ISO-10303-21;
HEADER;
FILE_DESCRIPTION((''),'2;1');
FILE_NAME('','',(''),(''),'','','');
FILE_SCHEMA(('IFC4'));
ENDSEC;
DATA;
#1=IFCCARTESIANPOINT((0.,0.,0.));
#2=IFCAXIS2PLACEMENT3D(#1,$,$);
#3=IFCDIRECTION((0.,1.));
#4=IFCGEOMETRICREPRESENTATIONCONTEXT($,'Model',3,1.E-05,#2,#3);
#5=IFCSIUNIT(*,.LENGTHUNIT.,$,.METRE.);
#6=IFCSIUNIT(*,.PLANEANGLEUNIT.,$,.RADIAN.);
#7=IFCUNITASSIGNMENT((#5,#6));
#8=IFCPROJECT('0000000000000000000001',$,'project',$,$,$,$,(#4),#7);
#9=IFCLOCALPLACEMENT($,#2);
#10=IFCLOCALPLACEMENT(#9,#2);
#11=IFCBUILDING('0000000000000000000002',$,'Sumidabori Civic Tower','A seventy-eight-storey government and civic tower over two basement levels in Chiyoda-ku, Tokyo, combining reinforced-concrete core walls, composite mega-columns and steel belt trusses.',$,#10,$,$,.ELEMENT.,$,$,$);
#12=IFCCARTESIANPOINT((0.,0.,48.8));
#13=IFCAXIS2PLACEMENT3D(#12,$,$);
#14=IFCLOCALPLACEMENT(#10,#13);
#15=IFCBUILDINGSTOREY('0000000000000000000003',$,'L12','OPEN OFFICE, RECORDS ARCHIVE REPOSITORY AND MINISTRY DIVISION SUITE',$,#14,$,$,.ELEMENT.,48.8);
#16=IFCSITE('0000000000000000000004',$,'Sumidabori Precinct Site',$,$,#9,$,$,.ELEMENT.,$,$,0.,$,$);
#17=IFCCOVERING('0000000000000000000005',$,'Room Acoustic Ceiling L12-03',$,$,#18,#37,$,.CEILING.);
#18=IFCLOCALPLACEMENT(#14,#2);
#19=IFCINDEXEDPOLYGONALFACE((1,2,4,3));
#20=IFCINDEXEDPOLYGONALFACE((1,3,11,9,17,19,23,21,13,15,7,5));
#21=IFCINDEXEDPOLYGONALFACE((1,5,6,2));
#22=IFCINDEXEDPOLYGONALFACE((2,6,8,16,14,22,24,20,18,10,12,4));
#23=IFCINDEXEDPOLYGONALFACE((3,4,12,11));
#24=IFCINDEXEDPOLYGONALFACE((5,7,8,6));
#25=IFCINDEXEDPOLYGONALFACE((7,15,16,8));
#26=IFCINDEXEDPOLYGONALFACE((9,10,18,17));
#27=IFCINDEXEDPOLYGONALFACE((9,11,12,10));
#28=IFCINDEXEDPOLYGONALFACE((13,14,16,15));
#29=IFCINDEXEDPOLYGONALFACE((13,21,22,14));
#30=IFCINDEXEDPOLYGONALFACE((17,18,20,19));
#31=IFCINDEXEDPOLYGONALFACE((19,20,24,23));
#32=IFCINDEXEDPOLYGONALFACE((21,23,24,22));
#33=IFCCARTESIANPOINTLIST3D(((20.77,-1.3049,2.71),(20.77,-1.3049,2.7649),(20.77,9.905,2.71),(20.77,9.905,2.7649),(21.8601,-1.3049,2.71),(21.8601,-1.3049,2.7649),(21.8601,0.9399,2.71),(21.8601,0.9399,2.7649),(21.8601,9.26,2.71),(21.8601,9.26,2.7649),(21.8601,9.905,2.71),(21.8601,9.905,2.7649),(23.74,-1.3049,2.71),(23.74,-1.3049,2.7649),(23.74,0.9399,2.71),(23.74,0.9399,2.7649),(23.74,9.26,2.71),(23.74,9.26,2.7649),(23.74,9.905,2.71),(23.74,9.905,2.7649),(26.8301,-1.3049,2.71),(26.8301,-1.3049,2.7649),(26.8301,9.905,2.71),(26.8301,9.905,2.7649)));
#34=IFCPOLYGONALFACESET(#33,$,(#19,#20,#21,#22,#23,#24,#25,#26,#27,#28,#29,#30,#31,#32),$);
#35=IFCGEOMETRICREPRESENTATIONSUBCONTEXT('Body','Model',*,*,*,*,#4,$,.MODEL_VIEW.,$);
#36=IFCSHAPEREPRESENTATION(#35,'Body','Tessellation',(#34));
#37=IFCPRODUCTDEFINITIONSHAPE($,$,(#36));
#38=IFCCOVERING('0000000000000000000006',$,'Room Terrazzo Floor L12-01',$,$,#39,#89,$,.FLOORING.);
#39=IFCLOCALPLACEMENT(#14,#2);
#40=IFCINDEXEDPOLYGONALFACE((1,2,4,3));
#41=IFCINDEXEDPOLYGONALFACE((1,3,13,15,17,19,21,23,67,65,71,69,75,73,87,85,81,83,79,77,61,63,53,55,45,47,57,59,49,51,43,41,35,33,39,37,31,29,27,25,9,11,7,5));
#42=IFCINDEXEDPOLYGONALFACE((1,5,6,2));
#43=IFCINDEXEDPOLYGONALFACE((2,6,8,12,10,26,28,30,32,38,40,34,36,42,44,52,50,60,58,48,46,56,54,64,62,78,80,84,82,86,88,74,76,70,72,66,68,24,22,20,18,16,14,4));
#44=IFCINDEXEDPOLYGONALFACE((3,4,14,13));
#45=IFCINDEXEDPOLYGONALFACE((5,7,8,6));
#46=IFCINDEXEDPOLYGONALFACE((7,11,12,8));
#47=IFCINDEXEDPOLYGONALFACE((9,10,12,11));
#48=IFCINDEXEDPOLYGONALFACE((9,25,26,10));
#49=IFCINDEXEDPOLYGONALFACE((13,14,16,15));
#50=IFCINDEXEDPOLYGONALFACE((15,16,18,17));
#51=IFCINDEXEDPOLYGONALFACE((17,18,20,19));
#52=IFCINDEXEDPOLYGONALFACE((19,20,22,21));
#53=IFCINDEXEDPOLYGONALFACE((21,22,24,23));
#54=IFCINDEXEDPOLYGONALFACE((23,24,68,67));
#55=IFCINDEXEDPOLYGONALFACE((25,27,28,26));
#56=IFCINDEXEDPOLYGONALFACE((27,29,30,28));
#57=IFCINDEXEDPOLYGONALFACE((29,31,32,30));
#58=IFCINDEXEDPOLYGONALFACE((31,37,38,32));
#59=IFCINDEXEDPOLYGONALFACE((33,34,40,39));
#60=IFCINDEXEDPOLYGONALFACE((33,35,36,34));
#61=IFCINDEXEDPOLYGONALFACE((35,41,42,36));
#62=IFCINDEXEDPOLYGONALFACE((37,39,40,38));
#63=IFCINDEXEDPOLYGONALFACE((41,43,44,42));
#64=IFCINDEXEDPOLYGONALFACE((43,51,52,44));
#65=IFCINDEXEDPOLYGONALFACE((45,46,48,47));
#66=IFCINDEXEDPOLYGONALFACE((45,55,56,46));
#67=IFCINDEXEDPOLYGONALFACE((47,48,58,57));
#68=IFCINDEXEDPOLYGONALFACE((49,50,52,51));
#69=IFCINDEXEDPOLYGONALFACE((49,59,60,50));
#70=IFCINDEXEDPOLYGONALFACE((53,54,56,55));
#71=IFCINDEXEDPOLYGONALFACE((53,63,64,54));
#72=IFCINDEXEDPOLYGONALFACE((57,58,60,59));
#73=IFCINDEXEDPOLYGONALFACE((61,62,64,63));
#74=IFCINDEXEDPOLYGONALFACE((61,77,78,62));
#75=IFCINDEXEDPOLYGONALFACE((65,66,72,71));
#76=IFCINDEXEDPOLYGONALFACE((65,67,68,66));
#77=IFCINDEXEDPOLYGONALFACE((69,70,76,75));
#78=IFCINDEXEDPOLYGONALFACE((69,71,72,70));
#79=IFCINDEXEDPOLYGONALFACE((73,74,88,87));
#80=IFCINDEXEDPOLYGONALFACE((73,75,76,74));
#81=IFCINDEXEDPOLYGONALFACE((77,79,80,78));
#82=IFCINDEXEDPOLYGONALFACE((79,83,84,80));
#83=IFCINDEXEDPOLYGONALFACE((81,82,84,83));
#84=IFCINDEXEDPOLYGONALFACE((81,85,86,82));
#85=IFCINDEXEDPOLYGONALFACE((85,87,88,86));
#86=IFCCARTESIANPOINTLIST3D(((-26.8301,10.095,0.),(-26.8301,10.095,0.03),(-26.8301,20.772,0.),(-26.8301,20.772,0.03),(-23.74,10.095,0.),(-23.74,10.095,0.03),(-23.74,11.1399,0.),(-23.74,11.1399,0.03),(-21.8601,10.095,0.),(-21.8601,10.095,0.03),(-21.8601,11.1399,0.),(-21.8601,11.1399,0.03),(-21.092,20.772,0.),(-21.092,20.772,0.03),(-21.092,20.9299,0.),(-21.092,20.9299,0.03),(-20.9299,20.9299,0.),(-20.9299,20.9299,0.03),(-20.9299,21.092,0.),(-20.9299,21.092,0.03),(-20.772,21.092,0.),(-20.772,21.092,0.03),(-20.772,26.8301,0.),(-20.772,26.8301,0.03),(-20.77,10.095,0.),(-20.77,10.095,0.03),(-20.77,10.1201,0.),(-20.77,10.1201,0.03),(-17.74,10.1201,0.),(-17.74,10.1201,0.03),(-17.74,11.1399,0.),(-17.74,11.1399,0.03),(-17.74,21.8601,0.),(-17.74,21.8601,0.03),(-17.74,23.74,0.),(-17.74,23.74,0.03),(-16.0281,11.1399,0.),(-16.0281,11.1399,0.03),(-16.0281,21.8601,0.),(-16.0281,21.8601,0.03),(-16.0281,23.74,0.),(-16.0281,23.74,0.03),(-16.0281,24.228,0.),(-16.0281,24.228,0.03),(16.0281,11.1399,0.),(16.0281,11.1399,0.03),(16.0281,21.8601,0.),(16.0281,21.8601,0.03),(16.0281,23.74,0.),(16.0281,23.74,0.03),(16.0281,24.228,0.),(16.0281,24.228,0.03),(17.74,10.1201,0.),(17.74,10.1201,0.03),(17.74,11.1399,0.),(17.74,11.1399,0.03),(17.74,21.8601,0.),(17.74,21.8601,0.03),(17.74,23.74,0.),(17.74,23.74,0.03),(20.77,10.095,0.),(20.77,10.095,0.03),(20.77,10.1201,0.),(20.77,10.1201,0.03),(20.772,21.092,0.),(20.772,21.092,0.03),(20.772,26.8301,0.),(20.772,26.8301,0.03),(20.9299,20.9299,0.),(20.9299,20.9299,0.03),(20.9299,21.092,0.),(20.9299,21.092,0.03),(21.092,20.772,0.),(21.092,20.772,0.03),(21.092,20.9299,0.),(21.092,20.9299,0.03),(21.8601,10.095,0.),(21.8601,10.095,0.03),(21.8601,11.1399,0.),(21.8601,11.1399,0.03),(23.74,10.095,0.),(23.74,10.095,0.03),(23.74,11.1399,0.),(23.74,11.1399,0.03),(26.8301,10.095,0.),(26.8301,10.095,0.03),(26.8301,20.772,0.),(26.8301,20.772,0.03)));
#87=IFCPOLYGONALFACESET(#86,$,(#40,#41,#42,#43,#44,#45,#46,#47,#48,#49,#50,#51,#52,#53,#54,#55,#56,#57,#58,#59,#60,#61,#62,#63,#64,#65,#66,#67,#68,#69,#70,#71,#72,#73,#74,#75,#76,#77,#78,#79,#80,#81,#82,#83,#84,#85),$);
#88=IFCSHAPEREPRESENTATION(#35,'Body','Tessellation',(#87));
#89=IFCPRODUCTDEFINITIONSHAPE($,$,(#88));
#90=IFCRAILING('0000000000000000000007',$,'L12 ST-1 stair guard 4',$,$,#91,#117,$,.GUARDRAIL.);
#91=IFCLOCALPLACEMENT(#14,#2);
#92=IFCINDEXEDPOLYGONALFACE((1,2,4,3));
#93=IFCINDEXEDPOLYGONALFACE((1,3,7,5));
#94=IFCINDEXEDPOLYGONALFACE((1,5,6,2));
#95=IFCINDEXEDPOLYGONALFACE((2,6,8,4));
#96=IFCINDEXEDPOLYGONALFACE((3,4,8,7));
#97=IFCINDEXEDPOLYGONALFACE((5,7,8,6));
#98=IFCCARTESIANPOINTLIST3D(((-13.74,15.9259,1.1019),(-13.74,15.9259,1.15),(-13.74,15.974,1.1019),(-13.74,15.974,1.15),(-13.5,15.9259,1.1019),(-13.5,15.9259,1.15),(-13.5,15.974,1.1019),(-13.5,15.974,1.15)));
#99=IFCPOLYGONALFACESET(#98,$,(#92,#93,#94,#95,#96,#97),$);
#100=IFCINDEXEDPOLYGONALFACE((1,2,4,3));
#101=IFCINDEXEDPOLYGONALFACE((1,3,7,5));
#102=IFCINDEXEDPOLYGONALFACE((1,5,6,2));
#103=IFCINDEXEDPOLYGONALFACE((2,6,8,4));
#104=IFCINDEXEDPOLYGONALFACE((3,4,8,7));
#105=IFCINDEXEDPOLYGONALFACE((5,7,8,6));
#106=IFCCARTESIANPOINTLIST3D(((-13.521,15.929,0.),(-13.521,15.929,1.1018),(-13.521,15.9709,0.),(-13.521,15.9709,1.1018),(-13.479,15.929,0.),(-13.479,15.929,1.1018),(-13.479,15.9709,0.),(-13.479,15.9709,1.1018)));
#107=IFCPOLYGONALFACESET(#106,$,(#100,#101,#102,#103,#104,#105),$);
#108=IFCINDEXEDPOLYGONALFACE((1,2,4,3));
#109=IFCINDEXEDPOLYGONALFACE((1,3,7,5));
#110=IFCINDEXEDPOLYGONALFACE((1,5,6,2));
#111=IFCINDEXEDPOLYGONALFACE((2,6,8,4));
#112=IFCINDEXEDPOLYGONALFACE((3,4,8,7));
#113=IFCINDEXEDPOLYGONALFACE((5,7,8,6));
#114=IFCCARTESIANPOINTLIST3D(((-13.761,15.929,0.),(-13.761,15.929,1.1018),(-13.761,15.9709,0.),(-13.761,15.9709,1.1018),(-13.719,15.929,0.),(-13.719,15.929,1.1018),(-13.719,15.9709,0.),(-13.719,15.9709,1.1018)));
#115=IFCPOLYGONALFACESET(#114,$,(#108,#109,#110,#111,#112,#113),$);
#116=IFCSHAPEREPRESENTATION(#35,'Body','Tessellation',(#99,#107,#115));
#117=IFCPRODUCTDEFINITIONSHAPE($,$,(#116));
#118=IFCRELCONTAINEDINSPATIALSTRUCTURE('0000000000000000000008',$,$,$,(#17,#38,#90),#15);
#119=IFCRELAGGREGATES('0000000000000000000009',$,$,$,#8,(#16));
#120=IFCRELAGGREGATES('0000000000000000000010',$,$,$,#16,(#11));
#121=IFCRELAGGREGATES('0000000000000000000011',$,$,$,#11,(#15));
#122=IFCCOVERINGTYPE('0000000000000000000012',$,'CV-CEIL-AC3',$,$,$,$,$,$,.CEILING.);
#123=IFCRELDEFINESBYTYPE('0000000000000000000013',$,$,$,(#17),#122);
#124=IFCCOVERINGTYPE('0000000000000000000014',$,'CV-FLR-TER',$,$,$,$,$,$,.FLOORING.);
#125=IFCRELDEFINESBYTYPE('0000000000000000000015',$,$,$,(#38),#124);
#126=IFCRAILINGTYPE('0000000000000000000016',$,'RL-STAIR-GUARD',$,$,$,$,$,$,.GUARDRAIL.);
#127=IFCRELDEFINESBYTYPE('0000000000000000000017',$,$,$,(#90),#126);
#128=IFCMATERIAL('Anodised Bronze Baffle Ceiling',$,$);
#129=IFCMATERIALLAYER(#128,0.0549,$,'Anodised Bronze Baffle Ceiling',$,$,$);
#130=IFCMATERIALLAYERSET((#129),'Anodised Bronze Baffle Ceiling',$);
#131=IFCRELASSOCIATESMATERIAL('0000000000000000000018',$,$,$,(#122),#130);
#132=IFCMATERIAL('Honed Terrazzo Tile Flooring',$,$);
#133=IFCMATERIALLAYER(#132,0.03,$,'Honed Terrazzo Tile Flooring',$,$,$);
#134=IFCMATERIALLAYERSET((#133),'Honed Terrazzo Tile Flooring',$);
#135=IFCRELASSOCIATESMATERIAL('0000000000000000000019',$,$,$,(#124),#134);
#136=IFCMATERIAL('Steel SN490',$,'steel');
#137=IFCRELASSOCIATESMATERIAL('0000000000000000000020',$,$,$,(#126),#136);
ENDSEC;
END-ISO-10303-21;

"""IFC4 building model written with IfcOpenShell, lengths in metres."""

from ifc_helpers import new_model, si_unit, direction, frame, origin, origin_2d, place, context, subcontext, project, spatial, polyline, rectangle, outline, extrude, material, layer, layer_set, type_object, element, save


model = new_model("IFC4")

# Units and contexts
model_context = context("Model", 3, precision=1e-05, world=origin(), true_north=direction((0.0, 1.0)))
body_context = subcontext(model_context, "Body", "Model", "MODEL_VIEW")
ifc_project = project(units=[si_unit("LENGTHUNIT", "METRE"), si_unit("PLANEANGLEUNIT", "RADIAN")], contexts=[model_context])

# Site, building, storey
site_placement = place(None, origin())
site = spatial("IfcSite", under=ifc_project, at=site_placement, Name="Sumidabori Precinct Site", CompositionType="ELEMENT", RefElevation=0.0)
building_placement = place(site_placement, origin())
building = spatial("IfcBuilding", under=site, at=building_placement, Name="Sumidabori Civic Tower", Description="A seventy-eight-storey government and civic tower over two basement levels in Chiyoda-ku, Tokyo, combining reinforced-concrete core walls, composite mega-columns and steel belt trusses.", CompositionType="ELEMENT")
storey_placement = place(building_placement, frame((0.0, 0.0, 48.8)))
storey = spatial("IfcBuildingStorey", under=building, at=storey_placement, Name="L12", Description="OPEN OFFICE, RECORDS ARCHIVE REPOSITORY AND MINISTRY DIVISION SUITE", CompositionType="ELEMENT", Elevation=48.8)

# Shared definitions
ifc_material_1 = material(Name="Steel SN490", Category="steel")

# Coverings
ifc_material_2 = material(Name="Anodised Bronze Baffle Ceiling")
ifc_layer_1 = layer(ifc_material_2, 0.0549, Name="Anodised Bronze Baffle Ceiling")
ifc_layer_set_1 = layer_set([ifc_layer_1], Name="Anodised Bronze Baffle Ceiling")
covering_type_1 = type_object("IfcCoveringType", Name="CV-CEIL-AC3", PredefinedType="CEILING", material=ifc_layer_set_1)
covering_1_placement = place(storey_placement, frame((0.0, 0.0, 2.71)))
element("IfcCovering", 1, at=covering_1_placement, inside=storey, type_object=covering_type_1, Name="Room Acoustic Ceiling L12-03", PredefinedType="CEILING", context=body_context, shape_type="SweptSolid", body=[
    extrude(outline(polyline([(20.77, 9.905), (21.8601, 9.905), (21.8601, 9.26), (23.74, 9.26), (23.74, 9.905), (26.8301, 9.905), (26.8301, -1.3049), (23.74, -1.3049), (23.74, 0.9399), (21.8601, 0.9399), (21.8601, -1.3049), (20.77, -1.3049), (20.77, 9.905)])), origin(), (0.0, 0.0, 1.0), 0.0549),
])
ifc_material_3 = material(Name="Honed Terrazzo Tile Flooring")
ifc_layer_2 = layer(ifc_material_3, 0.03, Name="Honed Terrazzo Tile Flooring")
ifc_layer_set_2 = layer_set([ifc_layer_2], Name="Honed Terrazzo Tile Flooring")
covering_type_2 = type_object("IfcCoveringType", Name="CV-FLR-TER", PredefinedType="FLOORING", material=ifc_layer_set_2)
covering_2_placement = place(storey_placement, origin())
element("IfcCovering", 2, at=covering_2_placement, inside=storey, type_object=covering_type_2, Name="Room Terrazzo Floor L12-01", PredefinedType="FLOORING", context=body_context, shape_type="SweptSolid", body=[
    extrude(outline(polyline([(-26.8301, 10.095), (-26.8301, 20.772), (-21.092, 20.772), (-21.092, 20.9299), (-20.9299, 20.9299), (-20.9299, 21.092), (-20.772, 21.092), (-20.772, 26.8301), (20.772, 26.8301), (20.772, 21.092), (20.9299, 21.092), (20.9299, 20.9299), (21.092, 20.9299), (21.092, 20.772), (26.8301, 20.772), (26.8301, 10.095), (23.74, 10.095), (23.74, 11.1399), (21.8601, 11.1399), (21.8601, 10.095), (20.77, 10.095), (20.77, 10.1201), (17.74, 10.1201), (17.74, 11.1399), (16.0281, 11.1399), (16.0281, 21.8601), (17.74, 21.8601), (17.74, 23.74), (16.0281, 23.74), (16.0281, 24.228), (-16.0281, 24.228), (-16.0281, 23.74), (-17.74, 23.74), (-17.74, 21.8601), (-16.0281, 21.8601), (-16.0281, 11.1399), (-17.74, 11.1399), (-17.74, 10.1201), (-20.77, 10.1201), (-20.77, 10.095), (-21.8601, 10.095), (-21.8601, 11.1399), (-23.74, 11.1399), (-23.74, 10.095), (-26.8301, 10.095)])), origin(), (0.0, 0.0, 1.0), 0.03),
])

# Railing
railing_type = type_object("IfcRailingType", Name="RL-STAIR-GUARD", PredefinedType="GUARDRAIL", material=ifc_material_1)
railing_placement = place(storey_placement, frame((-13.5, 15.95, 0.0)))
element("IfcRailing", 3, at=railing_placement, inside=storey, type_object=railing_type, Name="L12 ST-1 stair guard 4", PredefinedType="GUARDRAIL", context=body_context, shape_type="SweptSolid", body=[
    extrude(rectangle(XDim=0.0481, YDim=0.0481, at=origin_2d()), frame((0.0, 0.0, 1.126), z_axis=(-1.0, 0.0, 0.0), x_axis=(0.0, -1.0, 0.0)), (0.0, 0.0, 1.0), 0.24),
    extrude(rectangle(XDim=0.042, YDim=0.042, at=origin_2d()), origin(), (0.0, 0.0, 1.0), 1.1018),
    extrude(rectangle(XDim=0.042, YDim=0.042, at=origin_2d()), frame((-0.24, 0.0, 0.0)), (0.0, 0.0, 1.0), 1.1018),
])

save(model, "model.ifc")
